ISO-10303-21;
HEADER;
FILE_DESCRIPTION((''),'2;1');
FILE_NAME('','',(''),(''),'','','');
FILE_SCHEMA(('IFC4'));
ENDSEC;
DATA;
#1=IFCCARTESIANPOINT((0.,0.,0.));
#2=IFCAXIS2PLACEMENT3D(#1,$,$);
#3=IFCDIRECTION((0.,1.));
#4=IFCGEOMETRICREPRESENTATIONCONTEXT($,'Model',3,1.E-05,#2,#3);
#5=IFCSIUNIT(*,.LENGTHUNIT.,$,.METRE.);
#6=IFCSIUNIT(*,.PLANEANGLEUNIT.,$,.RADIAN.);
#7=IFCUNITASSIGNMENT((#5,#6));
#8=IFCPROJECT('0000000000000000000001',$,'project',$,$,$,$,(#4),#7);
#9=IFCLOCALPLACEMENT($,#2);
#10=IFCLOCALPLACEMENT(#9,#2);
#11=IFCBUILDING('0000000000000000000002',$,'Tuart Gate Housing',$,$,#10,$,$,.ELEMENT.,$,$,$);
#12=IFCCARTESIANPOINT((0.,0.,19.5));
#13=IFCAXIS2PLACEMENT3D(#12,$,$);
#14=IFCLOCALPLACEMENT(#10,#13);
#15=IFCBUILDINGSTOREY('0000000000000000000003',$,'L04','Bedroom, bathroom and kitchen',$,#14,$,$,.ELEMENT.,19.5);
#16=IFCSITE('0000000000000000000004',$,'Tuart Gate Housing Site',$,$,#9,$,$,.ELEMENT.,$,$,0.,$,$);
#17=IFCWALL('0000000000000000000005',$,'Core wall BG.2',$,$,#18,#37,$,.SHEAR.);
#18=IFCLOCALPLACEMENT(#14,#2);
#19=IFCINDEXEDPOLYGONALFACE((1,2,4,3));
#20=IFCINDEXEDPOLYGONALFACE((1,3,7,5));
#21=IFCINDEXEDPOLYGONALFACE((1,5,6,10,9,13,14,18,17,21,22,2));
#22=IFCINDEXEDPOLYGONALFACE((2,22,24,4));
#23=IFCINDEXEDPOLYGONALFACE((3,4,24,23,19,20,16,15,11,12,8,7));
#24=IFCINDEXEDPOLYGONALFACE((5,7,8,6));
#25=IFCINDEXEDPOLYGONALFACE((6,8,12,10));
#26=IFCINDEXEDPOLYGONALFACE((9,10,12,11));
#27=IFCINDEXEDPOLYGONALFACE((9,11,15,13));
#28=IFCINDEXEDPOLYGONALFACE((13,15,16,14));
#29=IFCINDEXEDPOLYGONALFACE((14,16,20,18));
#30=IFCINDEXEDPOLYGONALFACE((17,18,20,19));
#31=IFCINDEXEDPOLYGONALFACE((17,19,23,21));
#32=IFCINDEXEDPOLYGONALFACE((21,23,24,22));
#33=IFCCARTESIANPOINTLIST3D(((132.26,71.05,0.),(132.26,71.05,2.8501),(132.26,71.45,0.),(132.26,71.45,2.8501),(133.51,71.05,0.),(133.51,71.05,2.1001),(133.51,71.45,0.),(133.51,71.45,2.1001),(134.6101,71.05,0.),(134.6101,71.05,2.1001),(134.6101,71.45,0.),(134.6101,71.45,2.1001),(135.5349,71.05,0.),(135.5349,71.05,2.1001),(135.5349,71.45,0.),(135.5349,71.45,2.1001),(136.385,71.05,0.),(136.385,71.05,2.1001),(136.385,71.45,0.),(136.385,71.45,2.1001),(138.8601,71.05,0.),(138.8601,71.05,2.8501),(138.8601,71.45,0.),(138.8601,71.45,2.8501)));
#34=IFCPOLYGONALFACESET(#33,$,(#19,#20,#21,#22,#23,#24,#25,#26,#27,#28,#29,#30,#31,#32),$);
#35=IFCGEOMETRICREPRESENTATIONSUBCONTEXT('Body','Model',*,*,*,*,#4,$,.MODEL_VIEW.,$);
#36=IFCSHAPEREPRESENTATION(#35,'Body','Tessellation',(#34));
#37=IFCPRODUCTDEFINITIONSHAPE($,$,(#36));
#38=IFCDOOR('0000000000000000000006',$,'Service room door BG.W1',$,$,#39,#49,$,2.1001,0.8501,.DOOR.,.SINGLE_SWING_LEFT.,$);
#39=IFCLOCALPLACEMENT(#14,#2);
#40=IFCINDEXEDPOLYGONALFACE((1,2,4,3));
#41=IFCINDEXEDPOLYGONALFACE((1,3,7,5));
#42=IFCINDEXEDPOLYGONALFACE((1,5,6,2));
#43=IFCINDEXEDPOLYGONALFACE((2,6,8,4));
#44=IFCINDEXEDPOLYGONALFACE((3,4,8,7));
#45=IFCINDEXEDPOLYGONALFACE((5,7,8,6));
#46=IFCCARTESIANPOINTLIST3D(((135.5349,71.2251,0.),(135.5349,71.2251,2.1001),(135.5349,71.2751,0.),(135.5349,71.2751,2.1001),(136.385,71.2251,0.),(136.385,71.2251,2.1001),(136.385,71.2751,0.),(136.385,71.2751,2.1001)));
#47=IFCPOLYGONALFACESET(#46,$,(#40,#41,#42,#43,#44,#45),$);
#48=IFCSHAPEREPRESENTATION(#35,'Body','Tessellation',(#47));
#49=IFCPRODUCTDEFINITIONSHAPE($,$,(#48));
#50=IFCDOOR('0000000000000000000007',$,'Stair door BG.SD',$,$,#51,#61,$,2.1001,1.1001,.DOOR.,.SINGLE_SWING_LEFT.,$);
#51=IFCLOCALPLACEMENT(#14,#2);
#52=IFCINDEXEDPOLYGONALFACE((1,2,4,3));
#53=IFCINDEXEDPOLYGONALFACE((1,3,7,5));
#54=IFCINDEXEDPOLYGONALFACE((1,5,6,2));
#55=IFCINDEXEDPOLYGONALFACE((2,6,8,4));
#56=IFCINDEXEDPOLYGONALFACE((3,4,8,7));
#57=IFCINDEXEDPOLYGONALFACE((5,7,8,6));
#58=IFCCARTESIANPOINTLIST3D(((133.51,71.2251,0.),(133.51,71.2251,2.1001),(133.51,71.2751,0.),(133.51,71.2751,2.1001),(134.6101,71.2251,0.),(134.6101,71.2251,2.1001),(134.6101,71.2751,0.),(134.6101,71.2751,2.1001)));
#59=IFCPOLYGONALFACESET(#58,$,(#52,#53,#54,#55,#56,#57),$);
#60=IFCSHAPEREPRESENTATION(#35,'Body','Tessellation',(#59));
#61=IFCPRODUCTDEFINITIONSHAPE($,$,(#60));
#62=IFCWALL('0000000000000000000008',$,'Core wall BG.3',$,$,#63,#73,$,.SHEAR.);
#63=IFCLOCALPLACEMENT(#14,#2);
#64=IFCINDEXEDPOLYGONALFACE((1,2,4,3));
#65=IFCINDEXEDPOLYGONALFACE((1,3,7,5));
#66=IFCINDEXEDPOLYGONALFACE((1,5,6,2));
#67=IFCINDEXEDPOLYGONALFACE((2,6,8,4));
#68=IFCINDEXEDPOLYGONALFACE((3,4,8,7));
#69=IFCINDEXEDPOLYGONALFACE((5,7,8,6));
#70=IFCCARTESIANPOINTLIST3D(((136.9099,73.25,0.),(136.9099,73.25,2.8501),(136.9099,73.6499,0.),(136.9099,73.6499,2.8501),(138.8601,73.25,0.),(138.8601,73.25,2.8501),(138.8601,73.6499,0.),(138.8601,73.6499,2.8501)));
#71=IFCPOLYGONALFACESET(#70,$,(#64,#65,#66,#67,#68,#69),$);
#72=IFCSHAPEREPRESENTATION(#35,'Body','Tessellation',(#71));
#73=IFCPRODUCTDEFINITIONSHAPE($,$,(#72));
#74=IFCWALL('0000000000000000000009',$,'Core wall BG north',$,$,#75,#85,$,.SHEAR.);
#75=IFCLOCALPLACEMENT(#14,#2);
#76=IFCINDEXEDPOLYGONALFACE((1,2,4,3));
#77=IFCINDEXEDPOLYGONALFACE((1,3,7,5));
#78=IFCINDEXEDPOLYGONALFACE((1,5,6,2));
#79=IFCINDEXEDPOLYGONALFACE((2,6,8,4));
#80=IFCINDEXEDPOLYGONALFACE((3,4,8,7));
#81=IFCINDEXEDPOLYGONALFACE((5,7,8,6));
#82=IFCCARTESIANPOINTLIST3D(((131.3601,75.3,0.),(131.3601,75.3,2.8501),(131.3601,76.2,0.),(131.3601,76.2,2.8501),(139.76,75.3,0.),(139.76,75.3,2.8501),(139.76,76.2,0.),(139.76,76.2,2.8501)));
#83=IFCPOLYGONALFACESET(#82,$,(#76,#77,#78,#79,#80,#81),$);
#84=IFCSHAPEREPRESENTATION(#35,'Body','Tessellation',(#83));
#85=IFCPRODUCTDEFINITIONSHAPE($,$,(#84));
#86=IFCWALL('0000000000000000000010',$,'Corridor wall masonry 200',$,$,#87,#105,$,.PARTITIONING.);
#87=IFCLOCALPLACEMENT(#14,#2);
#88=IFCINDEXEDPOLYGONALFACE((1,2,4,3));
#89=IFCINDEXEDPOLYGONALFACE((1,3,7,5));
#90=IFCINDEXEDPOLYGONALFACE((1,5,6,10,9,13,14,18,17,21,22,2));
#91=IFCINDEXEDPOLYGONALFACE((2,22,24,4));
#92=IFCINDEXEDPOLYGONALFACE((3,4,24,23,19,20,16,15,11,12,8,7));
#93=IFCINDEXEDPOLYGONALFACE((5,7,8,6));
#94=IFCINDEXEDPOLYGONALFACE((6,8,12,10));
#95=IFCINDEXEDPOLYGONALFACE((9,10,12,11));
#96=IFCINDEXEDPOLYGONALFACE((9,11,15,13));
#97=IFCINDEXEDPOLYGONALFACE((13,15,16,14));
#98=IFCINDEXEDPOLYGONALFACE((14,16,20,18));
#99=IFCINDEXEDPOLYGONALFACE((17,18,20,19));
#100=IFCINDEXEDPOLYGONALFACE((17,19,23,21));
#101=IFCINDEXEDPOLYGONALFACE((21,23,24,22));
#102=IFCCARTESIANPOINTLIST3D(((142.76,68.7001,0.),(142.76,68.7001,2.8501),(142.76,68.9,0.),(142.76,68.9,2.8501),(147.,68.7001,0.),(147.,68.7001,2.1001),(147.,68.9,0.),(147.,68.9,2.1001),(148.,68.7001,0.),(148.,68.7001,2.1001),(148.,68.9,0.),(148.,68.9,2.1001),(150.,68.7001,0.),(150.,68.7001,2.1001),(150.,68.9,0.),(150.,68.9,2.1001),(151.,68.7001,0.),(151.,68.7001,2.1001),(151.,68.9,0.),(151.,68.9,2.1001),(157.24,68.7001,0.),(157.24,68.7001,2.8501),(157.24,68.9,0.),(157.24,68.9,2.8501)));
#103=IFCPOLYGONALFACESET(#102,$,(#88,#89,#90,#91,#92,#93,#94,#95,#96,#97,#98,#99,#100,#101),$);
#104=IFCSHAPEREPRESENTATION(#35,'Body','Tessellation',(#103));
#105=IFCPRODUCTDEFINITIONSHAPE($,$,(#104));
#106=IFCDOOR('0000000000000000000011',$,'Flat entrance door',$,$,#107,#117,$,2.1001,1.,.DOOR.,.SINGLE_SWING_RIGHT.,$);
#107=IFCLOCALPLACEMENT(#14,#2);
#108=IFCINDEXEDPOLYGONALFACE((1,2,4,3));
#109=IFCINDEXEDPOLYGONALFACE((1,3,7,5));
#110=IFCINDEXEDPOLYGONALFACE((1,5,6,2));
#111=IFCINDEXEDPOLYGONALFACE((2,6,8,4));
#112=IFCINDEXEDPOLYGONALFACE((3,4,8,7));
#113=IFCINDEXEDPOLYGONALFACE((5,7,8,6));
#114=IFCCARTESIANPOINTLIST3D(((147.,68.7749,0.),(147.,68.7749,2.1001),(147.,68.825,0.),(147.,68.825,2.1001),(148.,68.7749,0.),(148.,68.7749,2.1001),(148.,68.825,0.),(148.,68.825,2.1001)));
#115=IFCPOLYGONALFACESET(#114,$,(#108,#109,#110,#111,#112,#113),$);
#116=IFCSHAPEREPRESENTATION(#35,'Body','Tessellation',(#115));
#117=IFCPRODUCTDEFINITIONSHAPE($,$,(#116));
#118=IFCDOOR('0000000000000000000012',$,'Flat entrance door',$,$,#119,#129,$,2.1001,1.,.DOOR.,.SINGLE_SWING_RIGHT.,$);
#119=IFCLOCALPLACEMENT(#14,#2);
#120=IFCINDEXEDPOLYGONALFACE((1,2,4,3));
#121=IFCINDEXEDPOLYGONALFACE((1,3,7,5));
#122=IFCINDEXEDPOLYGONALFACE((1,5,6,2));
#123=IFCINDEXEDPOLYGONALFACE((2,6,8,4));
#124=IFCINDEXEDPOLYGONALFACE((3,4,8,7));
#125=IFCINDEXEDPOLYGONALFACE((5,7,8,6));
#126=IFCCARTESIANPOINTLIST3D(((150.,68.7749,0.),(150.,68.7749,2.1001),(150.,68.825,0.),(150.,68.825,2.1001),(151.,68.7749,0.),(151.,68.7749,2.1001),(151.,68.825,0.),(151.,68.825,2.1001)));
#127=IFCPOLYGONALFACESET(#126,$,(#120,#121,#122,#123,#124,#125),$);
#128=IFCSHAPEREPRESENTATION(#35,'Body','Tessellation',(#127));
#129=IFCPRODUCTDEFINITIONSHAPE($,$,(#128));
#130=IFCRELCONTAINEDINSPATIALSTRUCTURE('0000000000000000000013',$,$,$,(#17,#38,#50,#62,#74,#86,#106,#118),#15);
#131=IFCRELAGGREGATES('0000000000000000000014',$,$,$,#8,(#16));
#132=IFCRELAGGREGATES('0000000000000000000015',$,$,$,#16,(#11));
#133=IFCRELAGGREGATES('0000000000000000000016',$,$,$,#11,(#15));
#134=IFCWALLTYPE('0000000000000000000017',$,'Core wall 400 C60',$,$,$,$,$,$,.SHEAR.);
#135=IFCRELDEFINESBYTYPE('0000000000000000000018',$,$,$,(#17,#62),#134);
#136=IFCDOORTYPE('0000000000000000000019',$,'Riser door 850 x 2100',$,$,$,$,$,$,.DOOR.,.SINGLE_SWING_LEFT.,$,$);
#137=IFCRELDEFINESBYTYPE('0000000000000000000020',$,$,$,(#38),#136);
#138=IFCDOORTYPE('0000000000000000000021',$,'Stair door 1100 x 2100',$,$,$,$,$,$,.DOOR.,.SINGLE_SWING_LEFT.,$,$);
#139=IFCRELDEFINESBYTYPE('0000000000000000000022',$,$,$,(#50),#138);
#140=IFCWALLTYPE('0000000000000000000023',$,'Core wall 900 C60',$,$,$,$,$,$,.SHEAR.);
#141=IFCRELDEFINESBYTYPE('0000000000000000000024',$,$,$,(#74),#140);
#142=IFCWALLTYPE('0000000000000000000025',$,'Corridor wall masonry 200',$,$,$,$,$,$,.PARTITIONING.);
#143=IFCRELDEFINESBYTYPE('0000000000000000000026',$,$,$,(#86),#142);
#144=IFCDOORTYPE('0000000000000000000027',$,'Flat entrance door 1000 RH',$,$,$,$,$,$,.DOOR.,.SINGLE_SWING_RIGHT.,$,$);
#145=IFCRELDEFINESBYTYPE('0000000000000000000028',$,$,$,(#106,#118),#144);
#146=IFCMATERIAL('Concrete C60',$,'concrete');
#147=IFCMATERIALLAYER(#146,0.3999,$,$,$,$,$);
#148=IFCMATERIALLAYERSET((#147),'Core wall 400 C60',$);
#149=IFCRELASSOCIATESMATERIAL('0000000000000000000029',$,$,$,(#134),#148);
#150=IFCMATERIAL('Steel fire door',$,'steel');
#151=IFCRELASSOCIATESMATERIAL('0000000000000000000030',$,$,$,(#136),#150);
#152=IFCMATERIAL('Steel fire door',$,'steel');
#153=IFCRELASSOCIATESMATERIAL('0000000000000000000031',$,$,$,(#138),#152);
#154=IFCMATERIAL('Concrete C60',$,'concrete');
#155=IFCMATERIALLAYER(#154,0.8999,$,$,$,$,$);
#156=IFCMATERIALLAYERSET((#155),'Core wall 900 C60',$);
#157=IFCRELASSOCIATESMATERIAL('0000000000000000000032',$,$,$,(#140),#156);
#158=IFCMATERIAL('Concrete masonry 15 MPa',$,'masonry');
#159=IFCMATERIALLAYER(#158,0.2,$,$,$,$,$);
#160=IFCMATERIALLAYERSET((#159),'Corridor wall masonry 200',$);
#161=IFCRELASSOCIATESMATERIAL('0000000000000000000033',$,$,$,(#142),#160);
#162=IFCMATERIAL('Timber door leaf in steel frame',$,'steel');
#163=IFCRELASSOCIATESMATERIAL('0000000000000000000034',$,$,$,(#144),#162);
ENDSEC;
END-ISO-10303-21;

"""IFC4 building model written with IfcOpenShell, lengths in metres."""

from ifc_helpers import new_model, si_unit, direction, frame, frame_2d, origin, place, context, subcontext, project, spatial, rectangle, extrude, material, layer, layer_set, type_object, element, fill, save


model = new_model("IFC4")

# Units and contexts
model_context = context("Model", 3, precision=1e-05, world=origin(), true_north=direction((0.0, 1.0)))
body_context = subcontext(model_context, "Body", "Model", "MODEL_VIEW")
ifc_project = project(units=[si_unit("LENGTHUNIT", "METRE"), si_unit("PLANEANGLEUNIT", "RADIAN")], contexts=[model_context])

# Site, building, storey
site_placement = place(None, origin())
site = spatial("IfcSite", under=ifc_project, at=site_placement, Name="Tuart Gate Housing Site", CompositionType="ELEMENT", RefElevation=0.0)
building_placement = place(site_placement, origin())
building = spatial("IfcBuilding", under=site, at=building_placement, Name="Tuart Gate Housing", CompositionType="ELEMENT")
storey_placement = place(building_placement, frame((0.0, 0.0, 19.5)))
storey = spatial("IfcBuildingStorey", under=building, at=storey_placement, Name="L04", Description="Bedroom, bathroom and kitchen", CompositionType="ELEMENT", Elevation=19.5)

# Wall, openings, doors
ifc_material_1 = material(Name="Concrete C60", Category="concrete")
ifc_layer_1 = layer(ifc_material_1, 0.3999)
ifc_layer_set_1 = layer_set([ifc_layer_1], Name="Core wall 400 C60")
wall_type_1 = type_object("IfcWallType", Name="Core wall 400 C60", PredefinedType="SHEAR", material=ifc_layer_set_1)
wall_1_placement = place(storey_placement, frame((138.8601, 71.25, 0.0), z_axis=(0.0, 0.0, 1.0), x_axis=(-1.0, 0.0, 0.0)))
wall_1 = element("IfcWall", 1, at=wall_1_placement, inside=storey, type_object=wall_type_1, Name="Core wall BG.2", PredefinedType="SHEAR", context=body_context, shape_type="SweptSolid", body=[
    extrude(rectangle(XDim=6.6001, YDim=0.3999, at=frame_2d((3.3, 0.0))), origin(), (0.0, 0.0, 1.0), 2.8501),
])
opening_1_placement = place(wall_1_placement, frame((4.25, 0.0, 0.0)))
opening_1 = element("IfcOpeningElement", 2, at=opening_1_placement, cuts=wall_1, PredefinedType="OPENING", context=body_context, shape_type="SweptSolid", body=[
    extrude(rectangle(XDim=1.1001, YDim=2.1001, at=frame_2d((0.55, 1.05))), frame((0.0, 0.21, 0.0), z_axis=(0.0, -1.0, 0.0), x_axis=(1.0, 0.0, 0.0)), (0.0, 0.0, 1.0), 0.4199),
])
opening_2_placement = place(wall_1_placement, frame((2.4751, 0.0, 0.0)))
opening_2 = element("IfcOpeningElement", 3, at=opening_2_placement, cuts=wall_1, PredefinedType="OPENING", context=body_context, shape_type="SweptSolid", body=[
    extrude(rectangle(XDim=0.8501, YDim=2.1001, at=frame_2d((0.425, 1.05))), frame((0.0, 0.21, 0.0), z_axis=(0.0, -1.0, 0.0), x_axis=(1.0, 0.0, 0.0)), (0.0, 0.0, 1.0), 0.4199),
])
ifc_material_2 = material(Name="Steel fire door", Category="steel")
door_type_1 = type_object("IfcDoorType", Name="Riser door 850 x 2100", OperationType="SINGLE_SWING_LEFT", PredefinedType="DOOR", material=ifc_material_2)
door_1_placement = place(opening_2_placement, origin())
door_1 = element("IfcDoor", 4, at=door_1_placement, inside=storey, type_object=door_type_1, Name="Service room door BG.W1", OperationType="SINGLE_SWING_LEFT", OverallHeight=2.1001, OverallWidth=0.8501, PredefinedType="DOOR", context=body_context, shape_type="SweptSolid", body=[
    extrude(rectangle(XDim=0.8501, YDim=2.1001, at=frame_2d((0.425, 1.05))), frame((0.0, 0.0249, 0.0), z_axis=(0.0, -1.0, 0.0), x_axis=(1.0, 0.0, 0.0)), (0.0, 0.0, 1.0), 0.05),
])
fill(opening_2, door_1)
ifc_material_3 = material(Name="Steel fire door", Category="steel")
door_type_2 = type_object("IfcDoorType", Name="Stair door 1100 x 2100", OperationType="SINGLE_SWING_LEFT", PredefinedType="DOOR", material=ifc_material_3)
door_2_placement = place(opening_1_placement, origin())
door_2 = element("IfcDoor", 5, at=door_2_placement, inside=storey, type_object=door_type_2, Name="Stair door BG.SD", OperationType="SINGLE_SWING_LEFT", OverallHeight=2.1001, OverallWidth=1.1001, PredefinedType="DOOR", context=body_context, shape_type="SweptSolid", body=[
    extrude(rectangle(XDim=1.1001, YDim=2.1001, at=frame_2d((0.55, 1.05))), frame((0.0, 0.0249, 0.0), z_axis=(0.0, -1.0, 0.0), x_axis=(1.0, 0.0, 0.0)), (0.0, 0.0, 1.0), 0.05),
])
fill(opening_1, door_2)

# Walls
wall_2_placement = place(storey_placement, frame((138.8601, 73.45, 0.0), z_axis=(0.0, 0.0, 1.0), x_axis=(-1.0, 0.0, 0.0)))
element("IfcWall", 6, at=wall_2_placement, inside=storey, type_object=wall_type_1, Name="Core wall BG.3", PredefinedType="SHEAR", context=body_context, shape_type="SweptSolid", body=[
    extrude(rectangle(XDim=1.9502, YDim=0.3999, at=frame_2d((0.9751, 0.0))), origin(), (0.0, 0.0, 1.0), 2.8501),
])
ifc_material_4 = material(Name="Concrete C60", Category="concrete")
ifc_layer_2 = layer(ifc_material_4, 0.8999)
ifc_layer_set_2 = layer_set([ifc_layer_2], Name="Core wall 900 C60")
wall_type_2 = type_object("IfcWallType", Name="Core wall 900 C60", PredefinedType="SHEAR", material=ifc_layer_set_2)
wall_3_placement = place(storey_placement, frame((139.76, 75.75, 0.0), z_axis=(0.0, 0.0, 1.0), x_axis=(-1.0, 0.0, 0.0)))
element("IfcWall", 7, at=wall_3_placement, inside=storey, type_object=wall_type_2, Name="Core wall BG north", PredefinedType="SHEAR", context=body_context, shape_type="SweptSolid", body=[
    extrude(rectangle(XDim=8.3999, YDim=0.8999, at=frame_2d((4.2, 0.0))), origin(), (0.0, 0.0, 1.0), 2.8501),
])

# Wall, openings, doors
ifc_material_5 = material(Name="Concrete masonry 15 MPa", Category="masonry")
ifc_layer_3 = layer(ifc_material_5, 0.2)
ifc_layer_set_3 = layer_set([ifc_layer_3], Name="Corridor wall masonry 200")
wall_type_3 = type_object("IfcWallType", Name="Corridor wall masonry 200", PredefinedType="PARTITIONING", material=ifc_layer_set_3)
wall_4_placement = place(storey_placement, frame((142.76, 68.8, 0.0), z_axis=(0.0, 0.0, 1.0), x_axis=(1.0, 0.0, 0.0)))
wall_4 = element("IfcWall", 8, at=wall_4_placement, inside=storey, type_object=wall_type_3, Name="Corridor wall masonry 200", PredefinedType="PARTITIONING", context=body_context, shape_type="SweptSolid", body=[
    extrude(rectangle(XDim=14.48, YDim=0.2, at=frame_2d((7.24, 0.0))), origin(), (0.0, 0.0, 1.0), 2.8501),
])
opening_3_placement = place(wall_4_placement, frame((4.24, 0.0, 0.0)))
opening_3 = element("IfcOpeningElement", 9, at=opening_3_placement, cuts=wall_4, PredefinedType="OPENING", context=body_context, shape_type="SweptSolid", body=[
    extrude(rectangle(XDim=1.0, YDim=2.1001, at=frame_2d((0.5, 1.05))), frame((0.0, 0.1099, 0.0), z_axis=(0.0, -1.0, 0.0), x_axis=(1.0, 0.0, 0.0)), (0.0, 0.0, 1.0), 0.22),
])
opening_4_placement = place(wall_4_placement, frame((7.24, 0.0, 0.0)))
opening_4 = element("IfcOpeningElement", 10, at=opening_4_placement, cuts=wall_4, PredefinedType="OPENING", context=body_context, shape_type="SweptSolid", body=[
    extrude(rectangle(XDim=1.0, YDim=2.1001, at=frame_2d((0.5, 1.05))), frame((0.0, 0.1099, 0.0), z_axis=(0.0, -1.0, 0.0), x_axis=(1.0, 0.0, 0.0)), (0.0, 0.0, 1.0), 0.22),
])
ifc_material_6 = material(Name="Timber door leaf in steel frame", Category="steel")
door_type_3 = type_object("IfcDoorType", Name="Flat entrance door 1000 RH", OperationType="SINGLE_SWING_RIGHT", PredefinedType="DOOR", material=ifc_material_6)
door_3_placement = place(opening_3_placement, frame((1.0, 0.0, 0.0), z_axis=(0.0, 0.0, 1.0), x_axis=(-1.0, 0.0, 0.0)))
door_3 = element("IfcDoor", 11, at=door_3_placement, inside=storey, type_object=door_type_3, Name="Flat entrance door", OperationType="SINGLE_SWING_RIGHT", OverallHeight=2.1001, OverallWidth=1.0, PredefinedType="DOOR", context=body_context, shape_type="SweptSolid", body=[
    extrude(rectangle(XDim=1.0, YDim=2.1001, at=frame_2d((0.5, 1.05))), frame((0.0, 0.0251, 0.0), z_axis=(0.0, -1.0, 0.0), x_axis=(1.0, 0.0, 0.0)), (0.0, 0.0, 1.0), 0.05),
])
fill(opening_3, door_3)
door_4_placement = place(opening_4_placement, frame((1.0, 0.0, 0.0), z_axis=(0.0, 0.0, 1.0), x_axis=(-1.0, 0.0, 0.0)))
door_4 = element("IfcDoor", 12, at=door_4_placement, inside=storey, type_object=door_type_3, Name="Flat entrance door", OperationType="SINGLE_SWING_RIGHT", OverallHeight=2.1001, OverallWidth=1.0, PredefinedType="DOOR", context=body_context, shape_type="SweptSolid", body=[
    extrude(rectangle(XDim=1.0, YDim=2.1001, at=frame_2d((0.5, 1.05))), frame((0.0, 0.0251, 0.0), z_axis=(0.0, -1.0, 0.0), x_axis=(1.0, 0.0, 0.0)), (0.0, 0.0, 1.0), 0.05),
])
fill(opening_4, door_4)

save(model, "model.ifc")
